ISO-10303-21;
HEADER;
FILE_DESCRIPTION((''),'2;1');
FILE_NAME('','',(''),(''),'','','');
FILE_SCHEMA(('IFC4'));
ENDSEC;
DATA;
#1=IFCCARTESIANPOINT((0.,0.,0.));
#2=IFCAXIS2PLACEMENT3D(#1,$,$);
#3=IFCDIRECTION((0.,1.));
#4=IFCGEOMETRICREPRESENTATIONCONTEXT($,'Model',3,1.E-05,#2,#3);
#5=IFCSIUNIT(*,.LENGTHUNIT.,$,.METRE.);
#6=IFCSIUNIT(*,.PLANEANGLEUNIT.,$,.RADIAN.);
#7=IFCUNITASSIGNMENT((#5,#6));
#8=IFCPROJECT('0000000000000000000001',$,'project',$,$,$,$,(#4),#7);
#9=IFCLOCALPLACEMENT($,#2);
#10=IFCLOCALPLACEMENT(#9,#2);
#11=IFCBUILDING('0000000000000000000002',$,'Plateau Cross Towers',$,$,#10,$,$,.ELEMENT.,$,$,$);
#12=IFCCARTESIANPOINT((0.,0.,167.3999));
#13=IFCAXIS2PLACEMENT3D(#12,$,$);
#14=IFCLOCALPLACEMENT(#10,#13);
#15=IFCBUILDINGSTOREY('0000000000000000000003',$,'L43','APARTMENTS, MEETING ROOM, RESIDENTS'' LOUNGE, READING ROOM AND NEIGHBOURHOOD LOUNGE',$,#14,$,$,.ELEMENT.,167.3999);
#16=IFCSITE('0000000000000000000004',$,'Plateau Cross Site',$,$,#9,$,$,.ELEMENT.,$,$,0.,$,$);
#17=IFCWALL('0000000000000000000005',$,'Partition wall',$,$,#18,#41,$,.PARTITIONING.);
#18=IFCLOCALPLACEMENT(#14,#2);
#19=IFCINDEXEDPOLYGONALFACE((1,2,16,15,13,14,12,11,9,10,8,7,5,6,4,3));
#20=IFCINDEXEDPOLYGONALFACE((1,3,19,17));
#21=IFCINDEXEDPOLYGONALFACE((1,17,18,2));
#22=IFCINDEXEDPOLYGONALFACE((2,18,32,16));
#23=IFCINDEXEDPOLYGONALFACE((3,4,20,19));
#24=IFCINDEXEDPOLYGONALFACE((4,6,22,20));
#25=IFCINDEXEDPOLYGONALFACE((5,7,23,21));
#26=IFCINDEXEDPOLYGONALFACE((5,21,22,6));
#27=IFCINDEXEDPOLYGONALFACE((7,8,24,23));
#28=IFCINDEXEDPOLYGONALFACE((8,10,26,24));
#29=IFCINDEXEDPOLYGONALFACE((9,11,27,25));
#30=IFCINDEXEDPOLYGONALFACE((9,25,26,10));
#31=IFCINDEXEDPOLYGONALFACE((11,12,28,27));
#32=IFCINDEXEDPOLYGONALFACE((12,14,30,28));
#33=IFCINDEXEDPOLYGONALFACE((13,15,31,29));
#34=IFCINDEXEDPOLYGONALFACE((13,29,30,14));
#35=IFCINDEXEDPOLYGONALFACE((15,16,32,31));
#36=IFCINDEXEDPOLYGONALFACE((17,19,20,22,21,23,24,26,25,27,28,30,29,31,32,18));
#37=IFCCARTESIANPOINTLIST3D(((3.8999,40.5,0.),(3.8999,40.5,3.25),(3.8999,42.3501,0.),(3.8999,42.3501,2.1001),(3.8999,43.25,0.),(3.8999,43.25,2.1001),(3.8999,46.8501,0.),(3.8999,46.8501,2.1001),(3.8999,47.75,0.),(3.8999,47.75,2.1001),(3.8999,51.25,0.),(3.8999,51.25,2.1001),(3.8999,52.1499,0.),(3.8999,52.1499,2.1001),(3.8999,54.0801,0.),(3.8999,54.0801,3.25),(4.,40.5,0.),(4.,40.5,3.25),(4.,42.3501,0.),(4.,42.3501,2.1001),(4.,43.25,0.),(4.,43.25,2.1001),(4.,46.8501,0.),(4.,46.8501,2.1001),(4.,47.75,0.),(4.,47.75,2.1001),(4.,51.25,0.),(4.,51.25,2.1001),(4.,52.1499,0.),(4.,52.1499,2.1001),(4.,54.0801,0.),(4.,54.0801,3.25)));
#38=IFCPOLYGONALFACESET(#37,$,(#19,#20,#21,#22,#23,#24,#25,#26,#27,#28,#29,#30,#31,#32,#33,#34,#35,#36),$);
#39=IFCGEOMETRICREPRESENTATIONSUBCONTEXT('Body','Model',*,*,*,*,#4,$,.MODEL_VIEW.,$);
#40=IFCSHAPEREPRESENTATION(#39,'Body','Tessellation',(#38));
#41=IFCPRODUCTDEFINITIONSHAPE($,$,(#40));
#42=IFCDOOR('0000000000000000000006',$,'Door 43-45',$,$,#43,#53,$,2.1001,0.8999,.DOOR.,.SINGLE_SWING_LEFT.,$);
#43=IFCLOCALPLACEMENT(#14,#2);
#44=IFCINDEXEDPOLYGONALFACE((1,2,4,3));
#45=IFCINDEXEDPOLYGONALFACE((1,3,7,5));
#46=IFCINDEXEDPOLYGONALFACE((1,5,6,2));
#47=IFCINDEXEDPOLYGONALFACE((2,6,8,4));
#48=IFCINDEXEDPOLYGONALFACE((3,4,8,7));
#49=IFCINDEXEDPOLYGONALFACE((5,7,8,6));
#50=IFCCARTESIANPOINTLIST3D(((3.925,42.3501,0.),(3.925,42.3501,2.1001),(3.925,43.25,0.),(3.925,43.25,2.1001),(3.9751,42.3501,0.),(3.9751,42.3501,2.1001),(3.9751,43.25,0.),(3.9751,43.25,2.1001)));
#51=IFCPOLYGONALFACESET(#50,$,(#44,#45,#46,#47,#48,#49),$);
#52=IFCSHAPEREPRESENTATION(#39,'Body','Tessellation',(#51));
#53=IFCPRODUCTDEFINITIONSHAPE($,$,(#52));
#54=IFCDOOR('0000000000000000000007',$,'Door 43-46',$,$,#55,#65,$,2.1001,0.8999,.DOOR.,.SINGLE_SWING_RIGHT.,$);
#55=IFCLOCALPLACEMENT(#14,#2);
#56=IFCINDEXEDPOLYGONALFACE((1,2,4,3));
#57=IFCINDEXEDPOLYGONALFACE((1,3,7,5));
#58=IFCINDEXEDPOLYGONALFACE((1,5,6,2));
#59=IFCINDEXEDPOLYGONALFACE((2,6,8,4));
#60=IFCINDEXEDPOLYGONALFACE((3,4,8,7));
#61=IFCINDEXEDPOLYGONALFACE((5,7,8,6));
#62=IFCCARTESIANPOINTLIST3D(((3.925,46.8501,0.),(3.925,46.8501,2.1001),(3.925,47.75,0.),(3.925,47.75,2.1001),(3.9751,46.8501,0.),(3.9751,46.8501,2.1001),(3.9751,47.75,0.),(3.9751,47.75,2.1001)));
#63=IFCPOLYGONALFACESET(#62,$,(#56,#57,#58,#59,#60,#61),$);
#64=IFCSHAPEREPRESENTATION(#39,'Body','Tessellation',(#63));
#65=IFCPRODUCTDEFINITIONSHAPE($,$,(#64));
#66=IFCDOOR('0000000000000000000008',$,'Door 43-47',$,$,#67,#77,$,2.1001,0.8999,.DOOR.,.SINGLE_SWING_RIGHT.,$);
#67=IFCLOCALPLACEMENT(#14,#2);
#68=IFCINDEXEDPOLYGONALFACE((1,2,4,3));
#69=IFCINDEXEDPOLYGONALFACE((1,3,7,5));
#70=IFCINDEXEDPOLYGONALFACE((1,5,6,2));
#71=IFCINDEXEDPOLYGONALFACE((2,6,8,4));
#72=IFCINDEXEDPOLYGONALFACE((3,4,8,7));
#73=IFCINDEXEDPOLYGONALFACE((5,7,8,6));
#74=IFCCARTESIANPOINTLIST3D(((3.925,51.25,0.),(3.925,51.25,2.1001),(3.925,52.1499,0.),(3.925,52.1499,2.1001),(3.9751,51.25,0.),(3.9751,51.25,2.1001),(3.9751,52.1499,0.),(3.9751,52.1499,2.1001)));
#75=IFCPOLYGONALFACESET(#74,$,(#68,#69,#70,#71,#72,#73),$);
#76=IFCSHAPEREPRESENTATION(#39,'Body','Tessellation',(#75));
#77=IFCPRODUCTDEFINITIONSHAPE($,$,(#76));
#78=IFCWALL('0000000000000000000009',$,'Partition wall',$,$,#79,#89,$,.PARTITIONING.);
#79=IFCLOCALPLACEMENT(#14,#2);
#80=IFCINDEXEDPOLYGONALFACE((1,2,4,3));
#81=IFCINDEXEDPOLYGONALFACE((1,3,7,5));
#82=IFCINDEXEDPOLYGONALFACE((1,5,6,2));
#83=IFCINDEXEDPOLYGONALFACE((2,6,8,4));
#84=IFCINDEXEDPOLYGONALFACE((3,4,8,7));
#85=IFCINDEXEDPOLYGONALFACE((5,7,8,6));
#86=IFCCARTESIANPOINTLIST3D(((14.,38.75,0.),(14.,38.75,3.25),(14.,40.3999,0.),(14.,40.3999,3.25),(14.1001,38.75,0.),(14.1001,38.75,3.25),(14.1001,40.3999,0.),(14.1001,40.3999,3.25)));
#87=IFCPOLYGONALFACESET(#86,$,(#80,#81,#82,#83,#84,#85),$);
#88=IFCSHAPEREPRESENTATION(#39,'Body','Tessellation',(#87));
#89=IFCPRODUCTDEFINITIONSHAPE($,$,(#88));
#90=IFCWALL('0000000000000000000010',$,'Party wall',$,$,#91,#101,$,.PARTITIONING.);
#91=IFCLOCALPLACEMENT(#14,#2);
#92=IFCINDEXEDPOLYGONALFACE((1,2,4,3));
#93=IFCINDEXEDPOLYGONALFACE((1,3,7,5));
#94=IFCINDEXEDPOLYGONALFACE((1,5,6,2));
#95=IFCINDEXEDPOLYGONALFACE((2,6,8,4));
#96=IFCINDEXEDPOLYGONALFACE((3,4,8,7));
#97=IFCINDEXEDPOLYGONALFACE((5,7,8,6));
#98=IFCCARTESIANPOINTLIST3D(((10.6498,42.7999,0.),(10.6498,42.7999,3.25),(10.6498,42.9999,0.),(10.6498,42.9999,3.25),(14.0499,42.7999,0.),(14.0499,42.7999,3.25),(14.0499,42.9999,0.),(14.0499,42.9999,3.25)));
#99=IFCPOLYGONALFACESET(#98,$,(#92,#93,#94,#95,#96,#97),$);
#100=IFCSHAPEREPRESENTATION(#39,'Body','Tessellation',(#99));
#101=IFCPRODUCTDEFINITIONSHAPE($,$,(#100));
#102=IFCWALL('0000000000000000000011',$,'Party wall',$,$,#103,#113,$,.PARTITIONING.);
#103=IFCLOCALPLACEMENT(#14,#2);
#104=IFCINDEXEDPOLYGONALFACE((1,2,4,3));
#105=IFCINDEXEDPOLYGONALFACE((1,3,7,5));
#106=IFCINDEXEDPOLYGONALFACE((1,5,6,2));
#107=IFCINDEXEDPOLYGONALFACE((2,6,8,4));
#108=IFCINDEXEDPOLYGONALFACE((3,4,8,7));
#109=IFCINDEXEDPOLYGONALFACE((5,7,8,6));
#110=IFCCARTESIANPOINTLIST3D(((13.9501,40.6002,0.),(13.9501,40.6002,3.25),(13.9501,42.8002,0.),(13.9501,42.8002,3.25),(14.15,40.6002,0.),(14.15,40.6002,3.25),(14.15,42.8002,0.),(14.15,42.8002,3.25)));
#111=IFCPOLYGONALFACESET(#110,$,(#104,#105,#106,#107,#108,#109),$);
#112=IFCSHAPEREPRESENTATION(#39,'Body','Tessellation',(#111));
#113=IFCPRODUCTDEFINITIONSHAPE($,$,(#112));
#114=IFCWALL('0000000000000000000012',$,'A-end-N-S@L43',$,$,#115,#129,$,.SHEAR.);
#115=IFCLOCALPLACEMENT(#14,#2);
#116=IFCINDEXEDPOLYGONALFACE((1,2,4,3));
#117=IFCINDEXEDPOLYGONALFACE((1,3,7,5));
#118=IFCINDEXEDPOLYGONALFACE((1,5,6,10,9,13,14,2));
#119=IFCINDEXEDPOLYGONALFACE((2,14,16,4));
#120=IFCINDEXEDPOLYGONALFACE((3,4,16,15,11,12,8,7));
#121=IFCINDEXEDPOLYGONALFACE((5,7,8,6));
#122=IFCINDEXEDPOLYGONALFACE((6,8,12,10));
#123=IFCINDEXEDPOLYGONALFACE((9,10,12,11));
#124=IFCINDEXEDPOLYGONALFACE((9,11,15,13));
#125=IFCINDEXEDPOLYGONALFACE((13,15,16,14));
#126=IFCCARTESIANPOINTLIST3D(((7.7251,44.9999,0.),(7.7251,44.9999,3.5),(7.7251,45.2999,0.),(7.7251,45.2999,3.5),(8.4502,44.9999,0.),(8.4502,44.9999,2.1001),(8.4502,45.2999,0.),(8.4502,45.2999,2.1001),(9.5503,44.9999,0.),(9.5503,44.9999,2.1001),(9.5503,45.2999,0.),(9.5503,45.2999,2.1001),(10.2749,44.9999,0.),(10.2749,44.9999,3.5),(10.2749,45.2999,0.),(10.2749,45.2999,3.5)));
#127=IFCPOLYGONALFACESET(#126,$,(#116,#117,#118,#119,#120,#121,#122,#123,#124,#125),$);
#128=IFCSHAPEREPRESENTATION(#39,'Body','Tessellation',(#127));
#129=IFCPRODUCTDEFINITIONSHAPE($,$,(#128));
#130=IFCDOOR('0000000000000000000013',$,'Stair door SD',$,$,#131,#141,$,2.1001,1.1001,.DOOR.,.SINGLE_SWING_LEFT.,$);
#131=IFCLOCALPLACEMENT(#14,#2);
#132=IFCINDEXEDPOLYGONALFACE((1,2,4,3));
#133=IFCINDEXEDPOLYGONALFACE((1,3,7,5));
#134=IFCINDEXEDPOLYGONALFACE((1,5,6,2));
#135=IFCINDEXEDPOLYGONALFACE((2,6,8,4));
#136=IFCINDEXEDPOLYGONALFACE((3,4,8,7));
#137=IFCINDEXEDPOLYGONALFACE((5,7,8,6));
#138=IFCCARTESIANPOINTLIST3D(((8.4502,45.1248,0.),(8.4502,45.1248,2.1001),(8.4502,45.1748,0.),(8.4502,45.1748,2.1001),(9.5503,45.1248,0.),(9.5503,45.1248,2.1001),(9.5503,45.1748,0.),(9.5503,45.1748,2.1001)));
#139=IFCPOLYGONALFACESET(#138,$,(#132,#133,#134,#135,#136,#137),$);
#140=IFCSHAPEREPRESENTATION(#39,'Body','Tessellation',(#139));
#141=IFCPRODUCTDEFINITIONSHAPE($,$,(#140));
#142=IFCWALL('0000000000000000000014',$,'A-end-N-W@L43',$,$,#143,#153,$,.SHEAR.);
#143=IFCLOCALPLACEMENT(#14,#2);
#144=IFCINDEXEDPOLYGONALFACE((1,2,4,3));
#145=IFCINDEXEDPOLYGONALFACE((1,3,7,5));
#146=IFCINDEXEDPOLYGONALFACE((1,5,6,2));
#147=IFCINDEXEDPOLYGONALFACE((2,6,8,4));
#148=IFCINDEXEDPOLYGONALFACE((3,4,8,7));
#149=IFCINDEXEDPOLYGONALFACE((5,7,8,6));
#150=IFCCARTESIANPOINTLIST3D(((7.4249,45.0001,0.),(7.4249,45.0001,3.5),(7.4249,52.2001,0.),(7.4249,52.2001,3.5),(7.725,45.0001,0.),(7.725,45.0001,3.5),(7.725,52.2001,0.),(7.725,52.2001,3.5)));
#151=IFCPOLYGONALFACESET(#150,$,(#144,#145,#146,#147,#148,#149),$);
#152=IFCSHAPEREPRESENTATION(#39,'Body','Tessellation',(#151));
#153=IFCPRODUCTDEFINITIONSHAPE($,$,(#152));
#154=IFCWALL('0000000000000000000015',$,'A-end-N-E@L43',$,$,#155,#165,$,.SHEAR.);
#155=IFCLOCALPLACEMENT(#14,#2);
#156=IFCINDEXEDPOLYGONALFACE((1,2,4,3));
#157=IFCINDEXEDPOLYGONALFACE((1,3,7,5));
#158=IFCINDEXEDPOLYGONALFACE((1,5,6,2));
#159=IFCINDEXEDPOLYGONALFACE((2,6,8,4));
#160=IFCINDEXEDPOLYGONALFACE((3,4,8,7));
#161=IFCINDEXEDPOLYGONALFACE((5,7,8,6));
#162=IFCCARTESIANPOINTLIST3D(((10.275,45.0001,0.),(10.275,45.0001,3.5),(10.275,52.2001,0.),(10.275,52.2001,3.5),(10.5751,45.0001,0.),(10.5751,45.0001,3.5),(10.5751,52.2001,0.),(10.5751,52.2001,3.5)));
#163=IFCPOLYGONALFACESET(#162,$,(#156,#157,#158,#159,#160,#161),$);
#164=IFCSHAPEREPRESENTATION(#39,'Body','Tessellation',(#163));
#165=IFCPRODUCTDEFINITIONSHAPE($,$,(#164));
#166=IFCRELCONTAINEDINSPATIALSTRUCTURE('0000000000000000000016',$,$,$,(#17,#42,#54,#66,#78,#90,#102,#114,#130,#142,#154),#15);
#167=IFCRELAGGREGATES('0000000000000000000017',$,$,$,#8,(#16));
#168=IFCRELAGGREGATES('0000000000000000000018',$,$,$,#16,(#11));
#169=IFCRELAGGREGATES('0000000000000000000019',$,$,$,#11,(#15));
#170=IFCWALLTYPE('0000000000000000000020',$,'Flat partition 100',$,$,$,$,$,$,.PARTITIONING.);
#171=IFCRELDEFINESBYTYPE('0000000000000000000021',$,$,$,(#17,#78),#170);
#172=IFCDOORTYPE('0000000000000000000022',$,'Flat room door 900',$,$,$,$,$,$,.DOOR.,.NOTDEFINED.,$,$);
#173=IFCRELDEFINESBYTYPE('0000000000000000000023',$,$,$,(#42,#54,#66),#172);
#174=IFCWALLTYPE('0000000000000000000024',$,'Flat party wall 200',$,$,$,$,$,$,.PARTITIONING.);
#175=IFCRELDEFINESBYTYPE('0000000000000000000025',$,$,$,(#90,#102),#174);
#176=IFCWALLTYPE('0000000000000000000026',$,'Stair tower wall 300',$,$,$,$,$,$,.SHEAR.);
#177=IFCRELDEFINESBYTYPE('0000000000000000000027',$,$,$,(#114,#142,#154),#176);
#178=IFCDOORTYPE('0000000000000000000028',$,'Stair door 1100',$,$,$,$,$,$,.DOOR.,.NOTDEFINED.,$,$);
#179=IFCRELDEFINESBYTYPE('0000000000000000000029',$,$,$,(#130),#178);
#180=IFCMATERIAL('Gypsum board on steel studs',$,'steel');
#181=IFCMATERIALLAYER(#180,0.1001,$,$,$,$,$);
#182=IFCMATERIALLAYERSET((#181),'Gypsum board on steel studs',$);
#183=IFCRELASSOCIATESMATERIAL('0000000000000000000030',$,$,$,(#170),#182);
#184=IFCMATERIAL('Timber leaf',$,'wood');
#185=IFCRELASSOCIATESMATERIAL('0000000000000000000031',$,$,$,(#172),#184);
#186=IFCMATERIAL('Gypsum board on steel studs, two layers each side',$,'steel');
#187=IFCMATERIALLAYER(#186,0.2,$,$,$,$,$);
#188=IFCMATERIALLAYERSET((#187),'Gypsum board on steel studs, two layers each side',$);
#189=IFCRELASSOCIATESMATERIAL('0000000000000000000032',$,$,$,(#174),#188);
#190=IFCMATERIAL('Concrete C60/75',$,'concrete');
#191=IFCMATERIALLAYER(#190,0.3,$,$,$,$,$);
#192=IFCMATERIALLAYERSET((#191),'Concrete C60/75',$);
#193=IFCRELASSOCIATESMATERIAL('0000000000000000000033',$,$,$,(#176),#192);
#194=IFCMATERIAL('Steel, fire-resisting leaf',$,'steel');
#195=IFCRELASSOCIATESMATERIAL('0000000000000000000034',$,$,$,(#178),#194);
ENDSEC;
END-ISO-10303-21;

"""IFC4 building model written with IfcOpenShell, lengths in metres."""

from ifc_helpers import new_model, si_unit, direction, frame, frame_2d, origin, place, context, subcontext, project, spatial, rectangle, extrude, material, layer, layer_set, type_object, element, fill, save


model = new_model("IFC4")

# Units and contexts
model_context = context("Model", 3, precision=1e-05, world=origin(), true_north=direction((0.0, 1.0)))
body_context = subcontext(model_context, "Body", "Model", "MODEL_VIEW")
ifc_project = project(units=[si_unit("LENGTHUNIT", "METRE"), si_unit("PLANEANGLEUNIT", "RADIAN")], contexts=[model_context])

# Site, building, storey
site_placement = place(None, origin())
site = spatial("IfcSite", under=ifc_project, at=site_placement, Name="Plateau Cross Site", CompositionType="ELEMENT", RefElevation=0.0)
building_placement = place(site_placement, origin())
building = spatial("IfcBuilding", under=site, at=building_placement, Name="Plateau Cross Towers", CompositionType="ELEMENT")
storey_placement = place(building_placement, frame((0.0, 0.0, 167.3999)))
storey = spatial("IfcBuildingStorey", under=building, at=storey_placement, Name="L43", Description="APARTMENTS, MEETING ROOM, RESIDENTS' LOUNGE, READING ROOM AND NEIGHBOURHOOD LOUNGE", CompositionType="ELEMENT", Elevation=167.3999)

# Shared definitions
ifc_material_1 = material(Name="Gypsum board on steel studs", Category="steel")
ifc_layer_1 = layer(ifc_material_1, 0.1001)
ifc_layer_set_1 = layer_set([ifc_layer_1], Name="Gypsum board on steel studs")
wall_type_1 = type_object("IfcWallType", Name="Flat partition 100", PredefinedType="PARTITIONING", material=ifc_layer_set_1)
ifc_material_2 = material(Name="Timber leaf", Category="wood")
door_type_1 = type_object("IfcDoorType", Name="Flat room door 900", OperationType="NOTDEFINED", PredefinedType="DOOR", material=ifc_material_2)

# Wall, openings, doors
wall_1_placement = place(storey_placement, frame((3.95, 40.5, 0.0), z_axis=(0.0, 0.0, 1.0), x_axis=(0.0, 1.0, 0.0)))
wall_1 = element("IfcWall", 1, at=wall_1_placement, inside=storey, type_object=wall_type_1, Name="Partition wall", PredefinedType="PARTITIONING", context=body_context, shape_type="SweptSolid", body=[
    extrude(rectangle(XDim=13.5801, YDim=0.1001, at=frame_2d((6.79, 0.0))), origin(), (0.0, 0.0, 1.0), 3.25),
])
opening_1_placement = place(wall_1_placement, frame((1.8501, 0.0, 0.0)))
opening_1 = element("IfcOpeningElement", 2, at=opening_1_placement, cuts=wall_1, PredefinedType="OPENING", context=body_context, shape_type="SweptSolid", body=[
    extrude(rectangle(XDim=0.8999, YDim=2.1001, at=frame_2d((0.45, 1.05))), frame((0.0, 0.0601, 0.0), z_axis=(0.0, -1.0, 0.0), x_axis=(1.0, 0.0, 0.0)), (0.0, 0.0, 1.0), 0.1201),
])
opening_2_placement = place(wall_1_placement, frame((6.3501, 0.0, 0.0)))
opening_2 = element("IfcOpeningElement", 3, at=opening_2_placement, cuts=wall_1, PredefinedType="OPENING", context=body_context, shape_type="SweptSolid", body=[
    extrude(rectangle(XDim=0.8999, YDim=2.1001, at=frame_2d((0.45, 1.05))), frame((0.0, 0.0601, 0.0), z_axis=(0.0, -1.0, 0.0), x_axis=(1.0, 0.0, 0.0)), (0.0, 0.0, 1.0), 0.1201),
])
opening_3_placement = place(wall_1_placement, frame((10.75, 0.0, 0.0)))
opening_3 = element("IfcOpeningElement", 4, at=opening_3_placement, cuts=wall_1, PredefinedType="OPENING", context=body_context, shape_type="SweptSolid", body=[
    extrude(rectangle(XDim=0.8999, YDim=2.1001, at=frame_2d((0.45, 1.05))), frame((0.0, 0.0601, 0.0), z_axis=(0.0, -1.0, 0.0), x_axis=(1.0, 0.0, 0.0)), (0.0, 0.0, 1.0), 0.1201),
])
door_1_placement = place(opening_1_placement, origin())
door_1 = element("IfcDoor", 5, at=door_1_placement, inside=storey, type_object=door_type_1, Name="Door 43-45", OperationType="SINGLE_SWING_LEFT", OverallHeight=2.1001, OverallWidth=0.8999, PredefinedType="DOOR", context=body_context, shape_type="SweptSolid", body=[
    extrude(rectangle(XDim=0.8999, YDim=2.1001, at=frame_2d((0.45, 1.05))), frame((0.0, 0.0249, 0.0), z_axis=(0.0, -1.0, 0.0), x_axis=(1.0, 0.0, 0.0)), (0.0, 0.0, 1.0), 0.05),
])
fill(opening_1, door_1)
door_2_placement = place(opening_2_placement, origin())
door_2 = element("IfcDoor", 6, at=door_2_placement, inside=storey, type_object=door_type_1, Name="Door 43-46", OperationType="SINGLE_SWING_RIGHT", OverallHeight=2.1001, OverallWidth=0.8999, PredefinedType="DOOR", context=body_context, shape_type="SweptSolid", body=[
    extrude(rectangle(XDim=0.8999, YDim=2.1001, at=frame_2d((0.45, 1.05))), frame((0.0, 0.0249, 0.0), z_axis=(0.0, -1.0, 0.0), x_axis=(1.0, 0.0, 0.0)), (0.0, 0.0, 1.0), 0.05),
])
fill(opening_2, door_2)
door_3_placement = place(opening_3_placement, origin())
door_3 = element("IfcDoor", 7, at=door_3_placement, inside=storey, type_object=door_type_1, Name="Door 43-47", OperationType="SINGLE_SWING_RIGHT", OverallHeight=2.1001, OverallWidth=0.8999, PredefinedType="DOOR", context=body_context, shape_type="SweptSolid", body=[
    extrude(rectangle(XDim=0.8999, YDim=2.1001, at=frame_2d((0.45, 1.05))), frame((0.0, 0.0249, 0.0), z_axis=(0.0, -1.0, 0.0), x_axis=(1.0, 0.0, 0.0)), (0.0, 0.0, 1.0), 0.05),
])
fill(opening_3, door_3)

# Walls
wall_2_placement = place(storey_placement, frame((14.05, 38.75, 0.0), z_axis=(0.0, 0.0, 1.0), x_axis=(0.0, 1.0, 0.0)))
element("IfcWall", 8, at=wall_2_placement, inside=storey, type_object=wall_type_1, Name="Partition wall", PredefinedType="PARTITIONING", context=body_context, shape_type="SweptSolid", body=[
    extrude(rectangle(XDim=1.6499, YDim=0.1001, at=frame_2d((0.825, 0.0))), origin(), (0.0, 0.0, 1.0), 3.25),
])
ifc_material_3 = material(Name="Gypsum board on steel studs, two layers each side", Category="steel")
ifc_layer_2 = layer(ifc_material_3, 0.2)
ifc_layer_set_2 = layer_set([ifc_layer_2], Name="Gypsum board on steel studs, two layers each side")
wall_type_2 = type_object("IfcWallType", Name="Flat party wall 200", PredefinedType="PARTITIONING", material=ifc_layer_set_2)
wall_3_placement = place(storey_placement, frame((14.05, 42.8999, 0.0), z_axis=(0.0, 0.0, 1.0), x_axis=(-1.0, 0.0, 0.0)))
element("IfcWall", 9, at=wall_3_placement, inside=storey, type_object=wall_type_2, Name="Party wall", PredefinedType="PARTITIONING", context=body_context, shape_type="SweptSolid", body=[
    extrude(rectangle(XDim=3.4001, YDim=0.2, at=frame_2d((1.7002, 0.0))), origin(), (0.0, 0.0, 1.0), 3.25),
])
wall_4_placement = place(storey_placement, frame((14.05, 40.6001, 0.0), z_axis=(0.0, 0.0, 1.0), x_axis=(0.0, 1.0, 0.0)))
element("IfcWall", 10, at=wall_4_placement, inside=storey, type_object=wall_type_2, Name="Party wall", PredefinedType="PARTITIONING", context=body_context, shape_type="SweptSolid", body=[
    extrude(rectangle(XDim=2.2, YDim=0.2, at=frame_2d((1.1001, 0.0))), origin(), (0.0, 0.0, 1.0), 3.25),
])

# Wall, opening, door
ifc_material_4 = material(Name="Concrete C60/75", Category="concrete")
ifc_layer_3 = layer(ifc_material_4, 0.3)
ifc_layer_set_3 = layer_set([ifc_layer_3], Name="Concrete C60/75")
wall_type_3 = type_object("IfcWallType", Name="Stair tower wall 300", PredefinedType="SHEAR", material=ifc_layer_set_3)
wall_5_placement = place(storey_placement, frame((7.7251, 45.1499, 0.0), z_axis=(0.0, 0.0, 1.0), x_axis=(1.0, 0.0, 0.0)))
wall_5 = element("IfcWall", 11, at=wall_5_placement, inside=storey, type_object=wall_type_3, Name="A-end-N-S@L43", PredefinedType="SHEAR", context=body_context, shape_type="SweptSolid", body=[
    extrude(rectangle(XDim=2.5498, YDim=0.3, at=frame_2d((1.2749, 0.0))), origin(), (0.0, 0.0, 1.0), 3.5),
])
opening_4_placement = place(wall_5_placement, frame((0.7251, 0.0, 0.0)))
opening_4 = element("IfcOpeningElement", 12, at=opening_4_placement, cuts=wall_5, PredefinedType="OPENING", context=body_context, shape_type="SweptSolid", body=[
    extrude(rectangle(XDim=1.1001, YDim=2.1001, at=frame_2d((0.55, 1.05))), frame((0.0, 0.1599, 0.0), z_axis=(0.0, -1.0, 0.0), x_axis=(1.0, 0.0, 0.0)), (0.0, 0.0, 1.0), 0.3201),
])
ifc_material_5 = material(Name="Steel, fire-resisting leaf", Category="steel")
door_type_2 = type_object("IfcDoorType", Name="Stair door 1100", OperationType="NOTDEFINED", PredefinedType="DOOR", material=ifc_material_5)
door_4_placement = place(opening_4_placement, origin())
door_4 = element("IfcDoor", 13, at=door_4_placement, inside=storey, type_object=door_type_2, Name="Stair door SD", OperationType="SINGLE_SWING_LEFT", OverallHeight=2.1001, OverallWidth=1.1001, PredefinedType="DOOR", context=body_context, shape_type="SweptSolid", body=[
    extrude(rectangle(XDim=1.1001, YDim=2.1001, at=frame_2d((0.55, 1.05))), frame((0.0, 0.0249, 0.0), z_axis=(0.0, -1.0, 0.0), x_axis=(1.0, 0.0, 0.0)), (0.0, 0.0, 1.0), 0.05),
])
fill(opening_4, door_4)

# Walls
for number, where, z_axis, x_axis, name in (
    (14, (7.575, 45.0, 0.0), (0.0, 0.0, 1.0), (0.0, 1.0, 0.0), "A-end-N-W@L43"),
    (15, (10.425, 45.0, 0.0), (0.0, 0.0, 1.0), (0.0, 1.0, 0.0), "A-end-N-E@L43"),
):
    element("IfcWall", number, at=place(storey_placement, frame(where, z_axis=z_axis, x_axis=x_axis)), inside=storey, type_object=wall_type_3, Name=name, PredefinedType="SHEAR", context=body_context, shape_type="SweptSolid", body=[
        extrude(rectangle(XDim=7.2, YDim=0.3, at=frame_2d((3.6001, 0.0))), origin(), (0.0, 0.0, 1.0), 3.5),
    ])

save(model, "model.ifc")
